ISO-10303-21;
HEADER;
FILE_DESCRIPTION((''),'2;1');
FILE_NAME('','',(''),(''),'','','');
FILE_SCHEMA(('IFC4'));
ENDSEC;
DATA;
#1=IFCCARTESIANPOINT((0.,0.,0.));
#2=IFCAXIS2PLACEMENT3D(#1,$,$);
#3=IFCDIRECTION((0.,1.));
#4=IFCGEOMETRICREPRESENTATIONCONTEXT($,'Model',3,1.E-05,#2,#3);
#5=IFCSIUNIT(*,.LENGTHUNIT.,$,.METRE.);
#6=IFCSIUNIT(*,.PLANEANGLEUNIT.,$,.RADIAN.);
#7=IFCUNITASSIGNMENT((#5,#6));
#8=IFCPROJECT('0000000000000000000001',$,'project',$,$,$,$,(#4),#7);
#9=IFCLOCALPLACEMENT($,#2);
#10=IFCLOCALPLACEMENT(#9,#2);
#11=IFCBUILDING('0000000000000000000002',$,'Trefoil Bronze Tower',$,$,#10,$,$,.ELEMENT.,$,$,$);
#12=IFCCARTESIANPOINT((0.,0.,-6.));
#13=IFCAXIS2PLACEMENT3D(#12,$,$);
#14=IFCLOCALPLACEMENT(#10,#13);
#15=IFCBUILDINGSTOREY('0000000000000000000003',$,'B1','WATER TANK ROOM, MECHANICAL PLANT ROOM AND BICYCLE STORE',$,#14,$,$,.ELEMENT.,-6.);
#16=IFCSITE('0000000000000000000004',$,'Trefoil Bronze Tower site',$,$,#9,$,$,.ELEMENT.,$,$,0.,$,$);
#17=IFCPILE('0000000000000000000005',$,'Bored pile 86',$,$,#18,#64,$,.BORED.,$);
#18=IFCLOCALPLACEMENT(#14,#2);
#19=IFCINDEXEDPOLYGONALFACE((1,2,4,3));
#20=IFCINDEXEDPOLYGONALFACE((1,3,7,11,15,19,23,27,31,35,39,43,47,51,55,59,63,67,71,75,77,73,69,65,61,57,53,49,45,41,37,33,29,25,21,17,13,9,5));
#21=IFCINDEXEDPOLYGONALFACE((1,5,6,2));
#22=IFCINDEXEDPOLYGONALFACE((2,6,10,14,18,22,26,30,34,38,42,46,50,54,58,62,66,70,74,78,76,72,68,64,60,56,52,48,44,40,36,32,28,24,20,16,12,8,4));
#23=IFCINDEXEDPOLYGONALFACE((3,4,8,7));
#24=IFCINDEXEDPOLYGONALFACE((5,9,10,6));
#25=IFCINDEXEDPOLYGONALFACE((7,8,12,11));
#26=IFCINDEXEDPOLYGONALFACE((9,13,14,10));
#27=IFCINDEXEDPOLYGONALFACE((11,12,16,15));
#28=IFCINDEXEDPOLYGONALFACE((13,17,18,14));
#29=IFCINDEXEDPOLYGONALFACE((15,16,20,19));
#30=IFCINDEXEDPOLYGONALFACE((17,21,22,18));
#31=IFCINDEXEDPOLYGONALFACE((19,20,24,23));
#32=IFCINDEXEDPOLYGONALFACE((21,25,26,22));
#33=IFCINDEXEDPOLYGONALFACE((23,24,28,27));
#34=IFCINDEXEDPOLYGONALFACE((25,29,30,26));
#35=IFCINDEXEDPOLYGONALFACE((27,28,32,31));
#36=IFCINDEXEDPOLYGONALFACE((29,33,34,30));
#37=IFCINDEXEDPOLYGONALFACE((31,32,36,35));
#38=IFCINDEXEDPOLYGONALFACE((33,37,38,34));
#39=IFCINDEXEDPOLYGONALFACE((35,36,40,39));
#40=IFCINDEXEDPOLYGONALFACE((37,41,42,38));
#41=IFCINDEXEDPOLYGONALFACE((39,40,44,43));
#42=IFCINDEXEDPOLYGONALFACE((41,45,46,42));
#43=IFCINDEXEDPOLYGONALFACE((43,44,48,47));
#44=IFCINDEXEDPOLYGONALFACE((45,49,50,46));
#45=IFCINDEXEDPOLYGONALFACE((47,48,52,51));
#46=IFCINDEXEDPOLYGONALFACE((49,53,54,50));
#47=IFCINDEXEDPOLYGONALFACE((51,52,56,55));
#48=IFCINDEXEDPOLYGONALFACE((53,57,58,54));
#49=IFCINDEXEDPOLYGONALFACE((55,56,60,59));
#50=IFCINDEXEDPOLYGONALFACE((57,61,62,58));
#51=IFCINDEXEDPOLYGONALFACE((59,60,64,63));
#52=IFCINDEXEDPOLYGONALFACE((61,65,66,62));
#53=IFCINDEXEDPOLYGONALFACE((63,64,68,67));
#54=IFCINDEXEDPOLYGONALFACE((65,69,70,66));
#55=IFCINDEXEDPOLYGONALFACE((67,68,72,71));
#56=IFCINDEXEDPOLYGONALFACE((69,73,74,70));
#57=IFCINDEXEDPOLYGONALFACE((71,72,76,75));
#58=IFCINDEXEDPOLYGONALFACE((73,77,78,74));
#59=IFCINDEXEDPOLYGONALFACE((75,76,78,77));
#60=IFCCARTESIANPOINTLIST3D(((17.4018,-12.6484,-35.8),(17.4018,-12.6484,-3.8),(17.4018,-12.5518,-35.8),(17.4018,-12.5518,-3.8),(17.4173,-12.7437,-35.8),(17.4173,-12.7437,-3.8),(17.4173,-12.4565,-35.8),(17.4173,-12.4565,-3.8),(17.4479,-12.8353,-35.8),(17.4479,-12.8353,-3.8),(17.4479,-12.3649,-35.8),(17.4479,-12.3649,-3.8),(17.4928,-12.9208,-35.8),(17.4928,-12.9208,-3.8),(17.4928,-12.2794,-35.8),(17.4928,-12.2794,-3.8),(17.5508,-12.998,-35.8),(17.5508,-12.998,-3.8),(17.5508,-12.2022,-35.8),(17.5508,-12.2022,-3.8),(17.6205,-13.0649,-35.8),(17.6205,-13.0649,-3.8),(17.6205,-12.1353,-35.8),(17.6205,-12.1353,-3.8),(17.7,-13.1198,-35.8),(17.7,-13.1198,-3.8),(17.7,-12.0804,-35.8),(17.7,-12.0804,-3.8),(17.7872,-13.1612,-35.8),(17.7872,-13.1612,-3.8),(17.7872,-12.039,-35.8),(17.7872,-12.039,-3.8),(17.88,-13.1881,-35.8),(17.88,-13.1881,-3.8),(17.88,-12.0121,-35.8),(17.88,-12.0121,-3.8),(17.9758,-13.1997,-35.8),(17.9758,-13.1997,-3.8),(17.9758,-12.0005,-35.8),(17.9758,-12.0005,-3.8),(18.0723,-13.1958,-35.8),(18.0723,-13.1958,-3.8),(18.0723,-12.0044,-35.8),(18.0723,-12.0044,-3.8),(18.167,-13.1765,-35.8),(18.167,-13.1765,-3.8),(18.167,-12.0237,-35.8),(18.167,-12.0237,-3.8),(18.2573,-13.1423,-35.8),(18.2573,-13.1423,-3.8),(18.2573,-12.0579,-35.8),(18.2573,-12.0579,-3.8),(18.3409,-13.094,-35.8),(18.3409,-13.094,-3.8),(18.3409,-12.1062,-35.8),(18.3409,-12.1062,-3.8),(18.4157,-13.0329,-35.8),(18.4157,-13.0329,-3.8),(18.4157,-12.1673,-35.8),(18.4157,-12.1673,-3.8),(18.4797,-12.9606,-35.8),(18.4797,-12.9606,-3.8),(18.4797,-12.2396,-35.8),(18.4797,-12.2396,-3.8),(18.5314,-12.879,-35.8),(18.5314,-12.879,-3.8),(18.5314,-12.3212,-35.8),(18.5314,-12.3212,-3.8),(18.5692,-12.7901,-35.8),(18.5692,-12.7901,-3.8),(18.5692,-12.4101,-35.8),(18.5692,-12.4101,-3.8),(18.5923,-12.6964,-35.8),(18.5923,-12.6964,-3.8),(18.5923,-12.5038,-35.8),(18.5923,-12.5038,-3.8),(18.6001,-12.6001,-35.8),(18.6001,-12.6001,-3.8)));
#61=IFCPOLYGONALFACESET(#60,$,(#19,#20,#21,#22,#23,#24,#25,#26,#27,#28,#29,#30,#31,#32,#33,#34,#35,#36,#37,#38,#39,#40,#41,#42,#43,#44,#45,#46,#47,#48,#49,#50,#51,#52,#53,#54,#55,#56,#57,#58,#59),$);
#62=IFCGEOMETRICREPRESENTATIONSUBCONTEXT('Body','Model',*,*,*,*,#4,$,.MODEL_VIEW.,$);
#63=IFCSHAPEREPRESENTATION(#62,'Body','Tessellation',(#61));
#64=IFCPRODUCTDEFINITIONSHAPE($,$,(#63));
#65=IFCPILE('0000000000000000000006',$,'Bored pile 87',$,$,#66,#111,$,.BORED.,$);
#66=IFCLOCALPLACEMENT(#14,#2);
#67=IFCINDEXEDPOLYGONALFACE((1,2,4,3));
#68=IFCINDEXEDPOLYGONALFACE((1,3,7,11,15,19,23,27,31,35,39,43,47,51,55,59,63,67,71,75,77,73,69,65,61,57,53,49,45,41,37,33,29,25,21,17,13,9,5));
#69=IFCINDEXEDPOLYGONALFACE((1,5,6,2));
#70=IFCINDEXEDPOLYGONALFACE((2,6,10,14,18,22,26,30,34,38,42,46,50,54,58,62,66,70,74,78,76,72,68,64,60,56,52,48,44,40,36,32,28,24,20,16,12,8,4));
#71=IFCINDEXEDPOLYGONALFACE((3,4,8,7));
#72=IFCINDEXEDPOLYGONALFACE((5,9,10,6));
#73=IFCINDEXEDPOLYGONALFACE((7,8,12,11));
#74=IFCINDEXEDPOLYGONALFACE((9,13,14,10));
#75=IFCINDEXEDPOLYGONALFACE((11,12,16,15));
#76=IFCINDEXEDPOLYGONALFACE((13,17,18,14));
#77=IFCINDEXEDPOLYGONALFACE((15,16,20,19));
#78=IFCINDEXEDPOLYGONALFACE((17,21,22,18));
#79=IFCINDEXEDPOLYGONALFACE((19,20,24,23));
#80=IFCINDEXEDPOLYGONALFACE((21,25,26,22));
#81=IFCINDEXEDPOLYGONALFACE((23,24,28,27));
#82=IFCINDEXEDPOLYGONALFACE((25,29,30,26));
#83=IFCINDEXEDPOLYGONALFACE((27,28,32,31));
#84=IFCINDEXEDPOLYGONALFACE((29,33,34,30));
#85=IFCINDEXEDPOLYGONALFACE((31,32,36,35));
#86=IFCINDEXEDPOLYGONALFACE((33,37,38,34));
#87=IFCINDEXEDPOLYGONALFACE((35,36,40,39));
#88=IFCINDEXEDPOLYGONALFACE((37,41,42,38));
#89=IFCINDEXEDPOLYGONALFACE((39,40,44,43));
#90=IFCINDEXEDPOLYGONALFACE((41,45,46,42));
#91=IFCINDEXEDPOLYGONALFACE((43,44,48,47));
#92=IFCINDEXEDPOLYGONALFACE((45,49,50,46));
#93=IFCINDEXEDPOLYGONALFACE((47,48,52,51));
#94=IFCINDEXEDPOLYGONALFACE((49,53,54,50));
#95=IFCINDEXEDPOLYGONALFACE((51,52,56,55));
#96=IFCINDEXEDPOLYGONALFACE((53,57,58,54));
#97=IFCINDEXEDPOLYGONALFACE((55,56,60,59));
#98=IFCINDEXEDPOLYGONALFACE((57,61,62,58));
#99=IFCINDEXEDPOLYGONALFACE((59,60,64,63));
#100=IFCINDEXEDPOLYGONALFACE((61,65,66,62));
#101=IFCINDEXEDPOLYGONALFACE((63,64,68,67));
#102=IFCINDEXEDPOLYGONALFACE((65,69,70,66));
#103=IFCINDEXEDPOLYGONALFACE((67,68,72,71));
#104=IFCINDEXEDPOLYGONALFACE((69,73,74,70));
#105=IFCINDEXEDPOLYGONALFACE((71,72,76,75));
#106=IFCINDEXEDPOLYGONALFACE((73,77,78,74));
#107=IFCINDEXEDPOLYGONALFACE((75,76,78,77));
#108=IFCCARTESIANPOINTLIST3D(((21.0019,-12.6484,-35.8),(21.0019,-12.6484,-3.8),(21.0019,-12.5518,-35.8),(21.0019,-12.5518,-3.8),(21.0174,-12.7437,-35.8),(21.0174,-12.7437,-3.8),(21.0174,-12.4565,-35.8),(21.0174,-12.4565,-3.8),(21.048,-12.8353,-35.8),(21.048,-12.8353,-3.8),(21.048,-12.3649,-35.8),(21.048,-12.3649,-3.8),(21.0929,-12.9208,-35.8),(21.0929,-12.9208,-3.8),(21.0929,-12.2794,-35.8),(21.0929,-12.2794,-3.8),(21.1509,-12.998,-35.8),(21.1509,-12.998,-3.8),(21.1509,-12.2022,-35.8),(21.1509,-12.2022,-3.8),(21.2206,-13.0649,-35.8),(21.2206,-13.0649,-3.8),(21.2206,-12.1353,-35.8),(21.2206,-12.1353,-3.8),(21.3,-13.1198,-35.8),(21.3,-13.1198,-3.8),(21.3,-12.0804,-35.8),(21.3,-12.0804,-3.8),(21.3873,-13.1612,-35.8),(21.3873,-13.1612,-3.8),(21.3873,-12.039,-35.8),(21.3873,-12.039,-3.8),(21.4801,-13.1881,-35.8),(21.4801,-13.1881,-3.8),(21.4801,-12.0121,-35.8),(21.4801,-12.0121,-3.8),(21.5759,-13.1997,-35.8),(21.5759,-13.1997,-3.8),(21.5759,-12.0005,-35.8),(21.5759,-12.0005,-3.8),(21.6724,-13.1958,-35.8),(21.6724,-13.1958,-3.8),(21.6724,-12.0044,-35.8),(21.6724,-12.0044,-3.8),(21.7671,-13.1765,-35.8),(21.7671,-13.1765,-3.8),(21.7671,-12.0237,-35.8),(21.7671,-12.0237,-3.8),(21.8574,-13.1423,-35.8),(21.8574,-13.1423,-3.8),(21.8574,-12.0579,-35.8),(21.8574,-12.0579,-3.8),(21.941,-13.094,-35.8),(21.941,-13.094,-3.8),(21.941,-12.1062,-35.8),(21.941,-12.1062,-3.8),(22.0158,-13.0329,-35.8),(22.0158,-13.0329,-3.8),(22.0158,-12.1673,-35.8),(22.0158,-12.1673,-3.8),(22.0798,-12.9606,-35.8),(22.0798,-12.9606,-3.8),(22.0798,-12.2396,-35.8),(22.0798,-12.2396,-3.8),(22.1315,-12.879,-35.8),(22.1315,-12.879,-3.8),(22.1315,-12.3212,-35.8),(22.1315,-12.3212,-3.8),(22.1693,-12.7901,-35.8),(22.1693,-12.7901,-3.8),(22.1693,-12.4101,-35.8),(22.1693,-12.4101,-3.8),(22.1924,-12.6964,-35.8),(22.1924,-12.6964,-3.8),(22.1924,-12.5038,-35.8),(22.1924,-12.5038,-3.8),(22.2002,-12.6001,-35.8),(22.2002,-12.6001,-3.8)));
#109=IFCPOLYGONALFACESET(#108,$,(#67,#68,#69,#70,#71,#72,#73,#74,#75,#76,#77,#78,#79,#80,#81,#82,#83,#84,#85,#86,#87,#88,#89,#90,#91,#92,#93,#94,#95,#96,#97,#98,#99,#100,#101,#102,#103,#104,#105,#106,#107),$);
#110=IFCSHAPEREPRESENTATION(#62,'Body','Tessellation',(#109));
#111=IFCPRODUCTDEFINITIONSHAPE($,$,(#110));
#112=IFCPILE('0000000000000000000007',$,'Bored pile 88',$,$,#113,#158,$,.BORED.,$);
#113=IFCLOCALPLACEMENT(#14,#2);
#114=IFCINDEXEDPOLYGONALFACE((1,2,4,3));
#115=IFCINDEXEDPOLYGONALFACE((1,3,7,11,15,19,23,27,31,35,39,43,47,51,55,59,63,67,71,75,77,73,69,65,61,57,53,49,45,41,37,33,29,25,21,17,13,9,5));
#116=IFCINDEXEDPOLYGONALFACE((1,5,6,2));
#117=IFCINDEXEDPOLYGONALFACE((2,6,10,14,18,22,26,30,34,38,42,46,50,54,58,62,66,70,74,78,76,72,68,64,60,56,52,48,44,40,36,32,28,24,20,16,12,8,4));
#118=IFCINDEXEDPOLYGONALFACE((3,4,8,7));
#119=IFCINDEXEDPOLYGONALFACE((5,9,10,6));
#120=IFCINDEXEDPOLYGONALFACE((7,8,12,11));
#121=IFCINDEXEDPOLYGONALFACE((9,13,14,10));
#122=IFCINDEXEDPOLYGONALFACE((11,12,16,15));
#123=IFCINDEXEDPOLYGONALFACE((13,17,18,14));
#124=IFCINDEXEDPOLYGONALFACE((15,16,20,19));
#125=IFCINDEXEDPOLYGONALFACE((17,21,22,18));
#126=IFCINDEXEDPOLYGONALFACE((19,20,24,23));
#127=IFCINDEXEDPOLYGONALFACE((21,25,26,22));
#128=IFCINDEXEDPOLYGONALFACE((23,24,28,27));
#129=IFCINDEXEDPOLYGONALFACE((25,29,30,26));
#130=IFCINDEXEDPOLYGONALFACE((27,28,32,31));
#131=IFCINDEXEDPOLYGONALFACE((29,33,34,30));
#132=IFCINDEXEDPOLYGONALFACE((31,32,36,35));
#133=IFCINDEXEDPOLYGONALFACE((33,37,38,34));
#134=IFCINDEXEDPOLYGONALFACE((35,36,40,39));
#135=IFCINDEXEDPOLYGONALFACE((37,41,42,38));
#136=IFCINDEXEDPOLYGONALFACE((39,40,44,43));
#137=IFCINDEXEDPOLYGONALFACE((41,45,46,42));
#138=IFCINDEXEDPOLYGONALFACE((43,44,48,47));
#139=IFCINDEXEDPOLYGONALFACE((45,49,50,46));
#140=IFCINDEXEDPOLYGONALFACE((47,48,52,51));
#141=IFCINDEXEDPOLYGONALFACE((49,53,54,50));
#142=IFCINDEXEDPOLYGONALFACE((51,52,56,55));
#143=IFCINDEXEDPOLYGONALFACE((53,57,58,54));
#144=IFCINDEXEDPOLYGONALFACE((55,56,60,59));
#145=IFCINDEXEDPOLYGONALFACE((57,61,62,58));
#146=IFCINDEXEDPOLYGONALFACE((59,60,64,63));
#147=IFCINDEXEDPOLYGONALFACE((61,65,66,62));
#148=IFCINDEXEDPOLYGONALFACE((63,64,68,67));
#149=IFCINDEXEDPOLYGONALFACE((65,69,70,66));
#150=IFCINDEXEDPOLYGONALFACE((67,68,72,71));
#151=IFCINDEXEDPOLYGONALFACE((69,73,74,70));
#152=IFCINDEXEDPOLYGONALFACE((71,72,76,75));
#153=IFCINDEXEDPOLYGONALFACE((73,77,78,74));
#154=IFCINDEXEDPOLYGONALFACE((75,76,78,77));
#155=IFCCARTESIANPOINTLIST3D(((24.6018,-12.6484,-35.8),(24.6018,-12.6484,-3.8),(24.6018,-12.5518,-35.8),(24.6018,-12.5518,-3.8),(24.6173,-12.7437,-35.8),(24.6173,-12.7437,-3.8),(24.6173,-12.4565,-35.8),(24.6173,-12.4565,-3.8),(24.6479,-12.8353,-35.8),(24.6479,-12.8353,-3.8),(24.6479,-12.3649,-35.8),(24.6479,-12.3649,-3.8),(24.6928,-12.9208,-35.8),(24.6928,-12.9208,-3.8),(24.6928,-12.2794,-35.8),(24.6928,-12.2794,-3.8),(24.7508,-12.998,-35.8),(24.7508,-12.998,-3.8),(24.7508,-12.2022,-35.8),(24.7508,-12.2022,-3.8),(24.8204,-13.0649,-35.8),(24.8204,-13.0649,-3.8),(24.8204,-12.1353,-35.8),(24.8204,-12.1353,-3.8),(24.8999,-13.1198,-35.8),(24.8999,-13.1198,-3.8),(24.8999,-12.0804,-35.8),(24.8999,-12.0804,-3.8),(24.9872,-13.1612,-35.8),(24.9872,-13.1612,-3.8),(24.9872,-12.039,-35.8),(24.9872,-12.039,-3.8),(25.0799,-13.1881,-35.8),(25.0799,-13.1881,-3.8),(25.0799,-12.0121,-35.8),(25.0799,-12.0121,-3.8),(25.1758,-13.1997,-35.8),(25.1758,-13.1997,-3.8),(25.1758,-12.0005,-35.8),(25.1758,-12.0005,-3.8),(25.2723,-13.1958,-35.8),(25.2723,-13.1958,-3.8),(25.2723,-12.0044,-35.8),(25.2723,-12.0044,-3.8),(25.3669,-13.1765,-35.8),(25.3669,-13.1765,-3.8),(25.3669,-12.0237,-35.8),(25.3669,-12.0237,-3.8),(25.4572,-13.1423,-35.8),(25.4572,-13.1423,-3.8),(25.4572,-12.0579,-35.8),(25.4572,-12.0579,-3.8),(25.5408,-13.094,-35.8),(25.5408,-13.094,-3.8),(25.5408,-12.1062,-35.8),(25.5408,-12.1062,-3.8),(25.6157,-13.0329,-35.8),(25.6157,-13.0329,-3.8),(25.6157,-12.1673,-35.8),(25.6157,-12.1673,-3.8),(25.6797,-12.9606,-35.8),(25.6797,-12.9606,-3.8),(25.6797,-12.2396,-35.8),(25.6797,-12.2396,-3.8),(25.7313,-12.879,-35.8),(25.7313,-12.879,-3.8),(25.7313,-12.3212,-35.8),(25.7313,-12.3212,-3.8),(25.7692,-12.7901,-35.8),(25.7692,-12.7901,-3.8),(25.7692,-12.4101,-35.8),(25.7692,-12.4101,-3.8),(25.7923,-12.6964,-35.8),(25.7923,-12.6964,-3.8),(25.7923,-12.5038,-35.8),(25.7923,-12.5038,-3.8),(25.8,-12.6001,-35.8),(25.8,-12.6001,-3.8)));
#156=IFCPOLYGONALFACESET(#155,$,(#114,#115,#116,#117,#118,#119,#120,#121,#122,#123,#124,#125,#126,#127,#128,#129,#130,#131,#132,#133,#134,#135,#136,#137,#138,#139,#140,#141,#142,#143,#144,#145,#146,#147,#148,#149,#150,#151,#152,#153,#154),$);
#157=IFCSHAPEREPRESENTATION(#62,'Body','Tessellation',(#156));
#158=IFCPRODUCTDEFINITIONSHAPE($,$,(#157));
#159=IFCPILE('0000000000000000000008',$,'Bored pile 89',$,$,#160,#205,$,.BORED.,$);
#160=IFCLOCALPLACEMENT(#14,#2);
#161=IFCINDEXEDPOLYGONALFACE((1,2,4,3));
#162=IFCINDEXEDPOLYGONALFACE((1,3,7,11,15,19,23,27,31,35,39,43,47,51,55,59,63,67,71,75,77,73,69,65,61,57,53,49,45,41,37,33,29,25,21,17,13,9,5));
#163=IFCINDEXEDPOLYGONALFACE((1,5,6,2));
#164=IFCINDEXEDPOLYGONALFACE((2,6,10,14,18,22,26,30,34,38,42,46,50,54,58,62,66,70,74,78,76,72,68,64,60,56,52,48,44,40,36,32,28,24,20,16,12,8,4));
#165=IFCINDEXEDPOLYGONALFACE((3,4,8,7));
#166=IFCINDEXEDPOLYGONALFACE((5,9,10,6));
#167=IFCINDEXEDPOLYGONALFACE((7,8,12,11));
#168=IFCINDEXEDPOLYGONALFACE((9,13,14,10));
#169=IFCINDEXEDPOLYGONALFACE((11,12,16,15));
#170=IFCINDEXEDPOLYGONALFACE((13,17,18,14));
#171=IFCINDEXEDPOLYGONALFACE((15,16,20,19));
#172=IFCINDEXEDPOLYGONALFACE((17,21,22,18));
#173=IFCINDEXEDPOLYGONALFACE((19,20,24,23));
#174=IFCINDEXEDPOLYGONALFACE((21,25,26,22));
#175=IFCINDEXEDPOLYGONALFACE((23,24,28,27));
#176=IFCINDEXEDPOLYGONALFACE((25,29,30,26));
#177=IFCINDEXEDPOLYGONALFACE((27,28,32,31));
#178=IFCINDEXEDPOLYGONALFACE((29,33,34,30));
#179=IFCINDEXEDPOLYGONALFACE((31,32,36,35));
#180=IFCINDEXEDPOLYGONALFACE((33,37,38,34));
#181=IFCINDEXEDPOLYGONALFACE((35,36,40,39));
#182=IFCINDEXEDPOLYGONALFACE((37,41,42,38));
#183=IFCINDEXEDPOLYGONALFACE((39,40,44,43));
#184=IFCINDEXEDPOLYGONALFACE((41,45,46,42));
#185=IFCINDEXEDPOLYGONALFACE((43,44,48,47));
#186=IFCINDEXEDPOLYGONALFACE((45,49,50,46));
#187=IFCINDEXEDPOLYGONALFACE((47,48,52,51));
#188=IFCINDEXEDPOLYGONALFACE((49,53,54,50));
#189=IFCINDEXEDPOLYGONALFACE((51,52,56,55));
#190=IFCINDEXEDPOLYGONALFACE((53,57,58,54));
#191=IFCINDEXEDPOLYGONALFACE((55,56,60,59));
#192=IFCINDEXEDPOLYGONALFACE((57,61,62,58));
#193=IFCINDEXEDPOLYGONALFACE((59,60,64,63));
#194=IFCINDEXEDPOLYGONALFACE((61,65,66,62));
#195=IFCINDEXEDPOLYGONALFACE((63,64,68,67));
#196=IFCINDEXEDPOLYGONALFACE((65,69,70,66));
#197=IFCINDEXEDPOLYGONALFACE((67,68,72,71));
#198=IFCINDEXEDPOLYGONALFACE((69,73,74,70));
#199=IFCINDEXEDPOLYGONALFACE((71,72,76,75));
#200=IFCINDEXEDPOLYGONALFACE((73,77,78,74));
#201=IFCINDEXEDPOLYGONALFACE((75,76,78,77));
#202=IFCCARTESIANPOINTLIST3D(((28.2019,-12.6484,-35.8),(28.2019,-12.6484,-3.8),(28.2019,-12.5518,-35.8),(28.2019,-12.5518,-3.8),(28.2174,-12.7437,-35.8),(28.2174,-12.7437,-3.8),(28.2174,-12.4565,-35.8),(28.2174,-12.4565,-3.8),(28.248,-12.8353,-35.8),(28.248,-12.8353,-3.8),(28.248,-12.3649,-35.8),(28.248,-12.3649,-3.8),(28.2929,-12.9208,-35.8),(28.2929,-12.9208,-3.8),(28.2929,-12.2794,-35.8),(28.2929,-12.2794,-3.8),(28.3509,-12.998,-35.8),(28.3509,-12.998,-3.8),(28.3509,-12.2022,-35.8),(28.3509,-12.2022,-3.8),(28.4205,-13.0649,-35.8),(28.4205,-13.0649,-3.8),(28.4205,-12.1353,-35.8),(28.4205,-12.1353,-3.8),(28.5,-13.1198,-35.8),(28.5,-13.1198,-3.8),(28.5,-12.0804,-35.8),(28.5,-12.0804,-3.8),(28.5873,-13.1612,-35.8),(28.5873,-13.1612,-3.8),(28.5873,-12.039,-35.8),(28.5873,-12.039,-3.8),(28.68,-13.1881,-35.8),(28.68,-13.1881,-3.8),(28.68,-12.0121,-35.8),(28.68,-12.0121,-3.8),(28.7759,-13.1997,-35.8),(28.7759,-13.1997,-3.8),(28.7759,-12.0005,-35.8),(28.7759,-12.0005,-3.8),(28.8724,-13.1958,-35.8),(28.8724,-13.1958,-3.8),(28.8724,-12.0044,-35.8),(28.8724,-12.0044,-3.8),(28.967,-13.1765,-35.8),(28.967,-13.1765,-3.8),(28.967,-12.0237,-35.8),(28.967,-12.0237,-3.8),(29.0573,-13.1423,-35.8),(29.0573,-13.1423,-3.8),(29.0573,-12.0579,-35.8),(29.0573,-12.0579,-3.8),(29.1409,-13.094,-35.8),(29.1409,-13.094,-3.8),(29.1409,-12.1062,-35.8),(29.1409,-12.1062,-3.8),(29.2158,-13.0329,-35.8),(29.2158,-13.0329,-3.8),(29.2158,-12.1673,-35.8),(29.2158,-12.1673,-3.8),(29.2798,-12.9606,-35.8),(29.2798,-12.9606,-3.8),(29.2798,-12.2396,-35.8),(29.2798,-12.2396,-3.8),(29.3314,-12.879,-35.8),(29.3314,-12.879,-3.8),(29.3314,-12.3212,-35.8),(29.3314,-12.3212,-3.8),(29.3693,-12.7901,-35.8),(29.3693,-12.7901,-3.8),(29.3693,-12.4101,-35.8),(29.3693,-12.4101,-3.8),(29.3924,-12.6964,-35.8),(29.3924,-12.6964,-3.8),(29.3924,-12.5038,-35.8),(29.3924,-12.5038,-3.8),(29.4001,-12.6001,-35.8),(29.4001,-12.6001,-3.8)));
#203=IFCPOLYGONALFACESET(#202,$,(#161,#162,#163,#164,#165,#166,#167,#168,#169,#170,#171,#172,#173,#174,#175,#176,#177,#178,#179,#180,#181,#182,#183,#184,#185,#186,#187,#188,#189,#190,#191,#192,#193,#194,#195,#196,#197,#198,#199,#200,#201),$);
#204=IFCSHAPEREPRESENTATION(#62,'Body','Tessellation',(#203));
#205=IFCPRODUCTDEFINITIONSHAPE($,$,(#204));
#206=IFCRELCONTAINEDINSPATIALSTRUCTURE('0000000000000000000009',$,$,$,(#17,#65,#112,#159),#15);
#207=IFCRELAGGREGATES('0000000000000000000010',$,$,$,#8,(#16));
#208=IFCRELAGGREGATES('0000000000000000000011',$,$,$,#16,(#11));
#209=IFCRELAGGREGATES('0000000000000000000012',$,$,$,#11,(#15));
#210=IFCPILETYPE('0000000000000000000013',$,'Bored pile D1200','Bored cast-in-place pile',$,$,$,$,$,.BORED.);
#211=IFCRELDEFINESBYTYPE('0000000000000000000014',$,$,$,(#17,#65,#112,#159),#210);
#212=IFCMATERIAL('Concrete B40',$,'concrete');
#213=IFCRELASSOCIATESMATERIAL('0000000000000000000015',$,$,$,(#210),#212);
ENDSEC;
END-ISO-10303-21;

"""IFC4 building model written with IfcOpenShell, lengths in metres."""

from ifc_helpers import new_model, si_unit, direction, frame, origin, origin_2d, place, context, subcontext, project, spatial, circle, extrude, material, type_object, element, save


model = new_model("IFC4")

# Units and contexts
model_context = context("Model", 3, precision=1e-05, world=origin(), true_north=direction((0.0, 1.0)))
body_context = subcontext(model_context, "Body", "Model", "MODEL_VIEW")
ifc_project = project(units=[si_unit("LENGTHUNIT", "METRE"), si_unit("PLANEANGLEUNIT", "RADIAN")], contexts=[model_context])

# Site, building, storey
site_placement = place(None, origin())
site = spatial("IfcSite", under=ifc_project, at=site_placement, Name="Trefoil Bronze Tower site", CompositionType="ELEMENT", RefElevation=0.0)
building_placement = place(site_placement, origin())
building = spatial("IfcBuilding", under=site, at=building_placement, Name="Trefoil Bronze Tower", CompositionType="ELEMENT")
storey_placement = place(building_placement, frame((0.0, 0.0, -6.0)))
storey = spatial("IfcBuildingStorey", under=building, at=storey_placement, Name="B1", Description="WATER TANK ROOM, MECHANICAL PLANT ROOM AND BICYCLE STORE", CompositionType="ELEMENT", Elevation=-6.0)

# Piles
ifc_material_1 = material(Name="Concrete B40", Category="concrete")
pile_type = type_object("IfcPileType", Name="Bored pile D1200", Description="Bored cast-in-place pile", PredefinedType="BORED", material=ifc_material_1)
for number, where, z_axis, x_axis, name in (
    (1, (18.0, -12.6001, -3.8), (0.0, 0.0, -1.0), (1.0, 0.0, 0.0), "Bored pile 86"),
    (2, (21.6001, -12.6001, -3.8), (0.0, 0.0, -1.0), (1.0, 0.0, 0.0), "Bored pile 87"),
    (3, (25.2, -12.6001, -3.8), (0.0, 0.0, -1.0), (1.0, 0.0, 0.0), "Bored pile 88"),
    (4, (28.8, -12.6001, -3.8), (0.0, 0.0, -1.0), (1.0, 0.0, 0.0), "Bored pile 89"),
):
    element("IfcPile", number, at=place(storey_placement, frame(where, z_axis=z_axis, x_axis=x_axis)), inside=storey, type_object=pile_type, Name=name, PredefinedType="BORED", context=body_context, shape_type="SweptSolid", body=[
        extrude(circle(Radius=0.6001, at=origin_2d()), origin(), (0.0, 0.0, 1.0), 32.0),
    ])

save(model, "model.ifc")
